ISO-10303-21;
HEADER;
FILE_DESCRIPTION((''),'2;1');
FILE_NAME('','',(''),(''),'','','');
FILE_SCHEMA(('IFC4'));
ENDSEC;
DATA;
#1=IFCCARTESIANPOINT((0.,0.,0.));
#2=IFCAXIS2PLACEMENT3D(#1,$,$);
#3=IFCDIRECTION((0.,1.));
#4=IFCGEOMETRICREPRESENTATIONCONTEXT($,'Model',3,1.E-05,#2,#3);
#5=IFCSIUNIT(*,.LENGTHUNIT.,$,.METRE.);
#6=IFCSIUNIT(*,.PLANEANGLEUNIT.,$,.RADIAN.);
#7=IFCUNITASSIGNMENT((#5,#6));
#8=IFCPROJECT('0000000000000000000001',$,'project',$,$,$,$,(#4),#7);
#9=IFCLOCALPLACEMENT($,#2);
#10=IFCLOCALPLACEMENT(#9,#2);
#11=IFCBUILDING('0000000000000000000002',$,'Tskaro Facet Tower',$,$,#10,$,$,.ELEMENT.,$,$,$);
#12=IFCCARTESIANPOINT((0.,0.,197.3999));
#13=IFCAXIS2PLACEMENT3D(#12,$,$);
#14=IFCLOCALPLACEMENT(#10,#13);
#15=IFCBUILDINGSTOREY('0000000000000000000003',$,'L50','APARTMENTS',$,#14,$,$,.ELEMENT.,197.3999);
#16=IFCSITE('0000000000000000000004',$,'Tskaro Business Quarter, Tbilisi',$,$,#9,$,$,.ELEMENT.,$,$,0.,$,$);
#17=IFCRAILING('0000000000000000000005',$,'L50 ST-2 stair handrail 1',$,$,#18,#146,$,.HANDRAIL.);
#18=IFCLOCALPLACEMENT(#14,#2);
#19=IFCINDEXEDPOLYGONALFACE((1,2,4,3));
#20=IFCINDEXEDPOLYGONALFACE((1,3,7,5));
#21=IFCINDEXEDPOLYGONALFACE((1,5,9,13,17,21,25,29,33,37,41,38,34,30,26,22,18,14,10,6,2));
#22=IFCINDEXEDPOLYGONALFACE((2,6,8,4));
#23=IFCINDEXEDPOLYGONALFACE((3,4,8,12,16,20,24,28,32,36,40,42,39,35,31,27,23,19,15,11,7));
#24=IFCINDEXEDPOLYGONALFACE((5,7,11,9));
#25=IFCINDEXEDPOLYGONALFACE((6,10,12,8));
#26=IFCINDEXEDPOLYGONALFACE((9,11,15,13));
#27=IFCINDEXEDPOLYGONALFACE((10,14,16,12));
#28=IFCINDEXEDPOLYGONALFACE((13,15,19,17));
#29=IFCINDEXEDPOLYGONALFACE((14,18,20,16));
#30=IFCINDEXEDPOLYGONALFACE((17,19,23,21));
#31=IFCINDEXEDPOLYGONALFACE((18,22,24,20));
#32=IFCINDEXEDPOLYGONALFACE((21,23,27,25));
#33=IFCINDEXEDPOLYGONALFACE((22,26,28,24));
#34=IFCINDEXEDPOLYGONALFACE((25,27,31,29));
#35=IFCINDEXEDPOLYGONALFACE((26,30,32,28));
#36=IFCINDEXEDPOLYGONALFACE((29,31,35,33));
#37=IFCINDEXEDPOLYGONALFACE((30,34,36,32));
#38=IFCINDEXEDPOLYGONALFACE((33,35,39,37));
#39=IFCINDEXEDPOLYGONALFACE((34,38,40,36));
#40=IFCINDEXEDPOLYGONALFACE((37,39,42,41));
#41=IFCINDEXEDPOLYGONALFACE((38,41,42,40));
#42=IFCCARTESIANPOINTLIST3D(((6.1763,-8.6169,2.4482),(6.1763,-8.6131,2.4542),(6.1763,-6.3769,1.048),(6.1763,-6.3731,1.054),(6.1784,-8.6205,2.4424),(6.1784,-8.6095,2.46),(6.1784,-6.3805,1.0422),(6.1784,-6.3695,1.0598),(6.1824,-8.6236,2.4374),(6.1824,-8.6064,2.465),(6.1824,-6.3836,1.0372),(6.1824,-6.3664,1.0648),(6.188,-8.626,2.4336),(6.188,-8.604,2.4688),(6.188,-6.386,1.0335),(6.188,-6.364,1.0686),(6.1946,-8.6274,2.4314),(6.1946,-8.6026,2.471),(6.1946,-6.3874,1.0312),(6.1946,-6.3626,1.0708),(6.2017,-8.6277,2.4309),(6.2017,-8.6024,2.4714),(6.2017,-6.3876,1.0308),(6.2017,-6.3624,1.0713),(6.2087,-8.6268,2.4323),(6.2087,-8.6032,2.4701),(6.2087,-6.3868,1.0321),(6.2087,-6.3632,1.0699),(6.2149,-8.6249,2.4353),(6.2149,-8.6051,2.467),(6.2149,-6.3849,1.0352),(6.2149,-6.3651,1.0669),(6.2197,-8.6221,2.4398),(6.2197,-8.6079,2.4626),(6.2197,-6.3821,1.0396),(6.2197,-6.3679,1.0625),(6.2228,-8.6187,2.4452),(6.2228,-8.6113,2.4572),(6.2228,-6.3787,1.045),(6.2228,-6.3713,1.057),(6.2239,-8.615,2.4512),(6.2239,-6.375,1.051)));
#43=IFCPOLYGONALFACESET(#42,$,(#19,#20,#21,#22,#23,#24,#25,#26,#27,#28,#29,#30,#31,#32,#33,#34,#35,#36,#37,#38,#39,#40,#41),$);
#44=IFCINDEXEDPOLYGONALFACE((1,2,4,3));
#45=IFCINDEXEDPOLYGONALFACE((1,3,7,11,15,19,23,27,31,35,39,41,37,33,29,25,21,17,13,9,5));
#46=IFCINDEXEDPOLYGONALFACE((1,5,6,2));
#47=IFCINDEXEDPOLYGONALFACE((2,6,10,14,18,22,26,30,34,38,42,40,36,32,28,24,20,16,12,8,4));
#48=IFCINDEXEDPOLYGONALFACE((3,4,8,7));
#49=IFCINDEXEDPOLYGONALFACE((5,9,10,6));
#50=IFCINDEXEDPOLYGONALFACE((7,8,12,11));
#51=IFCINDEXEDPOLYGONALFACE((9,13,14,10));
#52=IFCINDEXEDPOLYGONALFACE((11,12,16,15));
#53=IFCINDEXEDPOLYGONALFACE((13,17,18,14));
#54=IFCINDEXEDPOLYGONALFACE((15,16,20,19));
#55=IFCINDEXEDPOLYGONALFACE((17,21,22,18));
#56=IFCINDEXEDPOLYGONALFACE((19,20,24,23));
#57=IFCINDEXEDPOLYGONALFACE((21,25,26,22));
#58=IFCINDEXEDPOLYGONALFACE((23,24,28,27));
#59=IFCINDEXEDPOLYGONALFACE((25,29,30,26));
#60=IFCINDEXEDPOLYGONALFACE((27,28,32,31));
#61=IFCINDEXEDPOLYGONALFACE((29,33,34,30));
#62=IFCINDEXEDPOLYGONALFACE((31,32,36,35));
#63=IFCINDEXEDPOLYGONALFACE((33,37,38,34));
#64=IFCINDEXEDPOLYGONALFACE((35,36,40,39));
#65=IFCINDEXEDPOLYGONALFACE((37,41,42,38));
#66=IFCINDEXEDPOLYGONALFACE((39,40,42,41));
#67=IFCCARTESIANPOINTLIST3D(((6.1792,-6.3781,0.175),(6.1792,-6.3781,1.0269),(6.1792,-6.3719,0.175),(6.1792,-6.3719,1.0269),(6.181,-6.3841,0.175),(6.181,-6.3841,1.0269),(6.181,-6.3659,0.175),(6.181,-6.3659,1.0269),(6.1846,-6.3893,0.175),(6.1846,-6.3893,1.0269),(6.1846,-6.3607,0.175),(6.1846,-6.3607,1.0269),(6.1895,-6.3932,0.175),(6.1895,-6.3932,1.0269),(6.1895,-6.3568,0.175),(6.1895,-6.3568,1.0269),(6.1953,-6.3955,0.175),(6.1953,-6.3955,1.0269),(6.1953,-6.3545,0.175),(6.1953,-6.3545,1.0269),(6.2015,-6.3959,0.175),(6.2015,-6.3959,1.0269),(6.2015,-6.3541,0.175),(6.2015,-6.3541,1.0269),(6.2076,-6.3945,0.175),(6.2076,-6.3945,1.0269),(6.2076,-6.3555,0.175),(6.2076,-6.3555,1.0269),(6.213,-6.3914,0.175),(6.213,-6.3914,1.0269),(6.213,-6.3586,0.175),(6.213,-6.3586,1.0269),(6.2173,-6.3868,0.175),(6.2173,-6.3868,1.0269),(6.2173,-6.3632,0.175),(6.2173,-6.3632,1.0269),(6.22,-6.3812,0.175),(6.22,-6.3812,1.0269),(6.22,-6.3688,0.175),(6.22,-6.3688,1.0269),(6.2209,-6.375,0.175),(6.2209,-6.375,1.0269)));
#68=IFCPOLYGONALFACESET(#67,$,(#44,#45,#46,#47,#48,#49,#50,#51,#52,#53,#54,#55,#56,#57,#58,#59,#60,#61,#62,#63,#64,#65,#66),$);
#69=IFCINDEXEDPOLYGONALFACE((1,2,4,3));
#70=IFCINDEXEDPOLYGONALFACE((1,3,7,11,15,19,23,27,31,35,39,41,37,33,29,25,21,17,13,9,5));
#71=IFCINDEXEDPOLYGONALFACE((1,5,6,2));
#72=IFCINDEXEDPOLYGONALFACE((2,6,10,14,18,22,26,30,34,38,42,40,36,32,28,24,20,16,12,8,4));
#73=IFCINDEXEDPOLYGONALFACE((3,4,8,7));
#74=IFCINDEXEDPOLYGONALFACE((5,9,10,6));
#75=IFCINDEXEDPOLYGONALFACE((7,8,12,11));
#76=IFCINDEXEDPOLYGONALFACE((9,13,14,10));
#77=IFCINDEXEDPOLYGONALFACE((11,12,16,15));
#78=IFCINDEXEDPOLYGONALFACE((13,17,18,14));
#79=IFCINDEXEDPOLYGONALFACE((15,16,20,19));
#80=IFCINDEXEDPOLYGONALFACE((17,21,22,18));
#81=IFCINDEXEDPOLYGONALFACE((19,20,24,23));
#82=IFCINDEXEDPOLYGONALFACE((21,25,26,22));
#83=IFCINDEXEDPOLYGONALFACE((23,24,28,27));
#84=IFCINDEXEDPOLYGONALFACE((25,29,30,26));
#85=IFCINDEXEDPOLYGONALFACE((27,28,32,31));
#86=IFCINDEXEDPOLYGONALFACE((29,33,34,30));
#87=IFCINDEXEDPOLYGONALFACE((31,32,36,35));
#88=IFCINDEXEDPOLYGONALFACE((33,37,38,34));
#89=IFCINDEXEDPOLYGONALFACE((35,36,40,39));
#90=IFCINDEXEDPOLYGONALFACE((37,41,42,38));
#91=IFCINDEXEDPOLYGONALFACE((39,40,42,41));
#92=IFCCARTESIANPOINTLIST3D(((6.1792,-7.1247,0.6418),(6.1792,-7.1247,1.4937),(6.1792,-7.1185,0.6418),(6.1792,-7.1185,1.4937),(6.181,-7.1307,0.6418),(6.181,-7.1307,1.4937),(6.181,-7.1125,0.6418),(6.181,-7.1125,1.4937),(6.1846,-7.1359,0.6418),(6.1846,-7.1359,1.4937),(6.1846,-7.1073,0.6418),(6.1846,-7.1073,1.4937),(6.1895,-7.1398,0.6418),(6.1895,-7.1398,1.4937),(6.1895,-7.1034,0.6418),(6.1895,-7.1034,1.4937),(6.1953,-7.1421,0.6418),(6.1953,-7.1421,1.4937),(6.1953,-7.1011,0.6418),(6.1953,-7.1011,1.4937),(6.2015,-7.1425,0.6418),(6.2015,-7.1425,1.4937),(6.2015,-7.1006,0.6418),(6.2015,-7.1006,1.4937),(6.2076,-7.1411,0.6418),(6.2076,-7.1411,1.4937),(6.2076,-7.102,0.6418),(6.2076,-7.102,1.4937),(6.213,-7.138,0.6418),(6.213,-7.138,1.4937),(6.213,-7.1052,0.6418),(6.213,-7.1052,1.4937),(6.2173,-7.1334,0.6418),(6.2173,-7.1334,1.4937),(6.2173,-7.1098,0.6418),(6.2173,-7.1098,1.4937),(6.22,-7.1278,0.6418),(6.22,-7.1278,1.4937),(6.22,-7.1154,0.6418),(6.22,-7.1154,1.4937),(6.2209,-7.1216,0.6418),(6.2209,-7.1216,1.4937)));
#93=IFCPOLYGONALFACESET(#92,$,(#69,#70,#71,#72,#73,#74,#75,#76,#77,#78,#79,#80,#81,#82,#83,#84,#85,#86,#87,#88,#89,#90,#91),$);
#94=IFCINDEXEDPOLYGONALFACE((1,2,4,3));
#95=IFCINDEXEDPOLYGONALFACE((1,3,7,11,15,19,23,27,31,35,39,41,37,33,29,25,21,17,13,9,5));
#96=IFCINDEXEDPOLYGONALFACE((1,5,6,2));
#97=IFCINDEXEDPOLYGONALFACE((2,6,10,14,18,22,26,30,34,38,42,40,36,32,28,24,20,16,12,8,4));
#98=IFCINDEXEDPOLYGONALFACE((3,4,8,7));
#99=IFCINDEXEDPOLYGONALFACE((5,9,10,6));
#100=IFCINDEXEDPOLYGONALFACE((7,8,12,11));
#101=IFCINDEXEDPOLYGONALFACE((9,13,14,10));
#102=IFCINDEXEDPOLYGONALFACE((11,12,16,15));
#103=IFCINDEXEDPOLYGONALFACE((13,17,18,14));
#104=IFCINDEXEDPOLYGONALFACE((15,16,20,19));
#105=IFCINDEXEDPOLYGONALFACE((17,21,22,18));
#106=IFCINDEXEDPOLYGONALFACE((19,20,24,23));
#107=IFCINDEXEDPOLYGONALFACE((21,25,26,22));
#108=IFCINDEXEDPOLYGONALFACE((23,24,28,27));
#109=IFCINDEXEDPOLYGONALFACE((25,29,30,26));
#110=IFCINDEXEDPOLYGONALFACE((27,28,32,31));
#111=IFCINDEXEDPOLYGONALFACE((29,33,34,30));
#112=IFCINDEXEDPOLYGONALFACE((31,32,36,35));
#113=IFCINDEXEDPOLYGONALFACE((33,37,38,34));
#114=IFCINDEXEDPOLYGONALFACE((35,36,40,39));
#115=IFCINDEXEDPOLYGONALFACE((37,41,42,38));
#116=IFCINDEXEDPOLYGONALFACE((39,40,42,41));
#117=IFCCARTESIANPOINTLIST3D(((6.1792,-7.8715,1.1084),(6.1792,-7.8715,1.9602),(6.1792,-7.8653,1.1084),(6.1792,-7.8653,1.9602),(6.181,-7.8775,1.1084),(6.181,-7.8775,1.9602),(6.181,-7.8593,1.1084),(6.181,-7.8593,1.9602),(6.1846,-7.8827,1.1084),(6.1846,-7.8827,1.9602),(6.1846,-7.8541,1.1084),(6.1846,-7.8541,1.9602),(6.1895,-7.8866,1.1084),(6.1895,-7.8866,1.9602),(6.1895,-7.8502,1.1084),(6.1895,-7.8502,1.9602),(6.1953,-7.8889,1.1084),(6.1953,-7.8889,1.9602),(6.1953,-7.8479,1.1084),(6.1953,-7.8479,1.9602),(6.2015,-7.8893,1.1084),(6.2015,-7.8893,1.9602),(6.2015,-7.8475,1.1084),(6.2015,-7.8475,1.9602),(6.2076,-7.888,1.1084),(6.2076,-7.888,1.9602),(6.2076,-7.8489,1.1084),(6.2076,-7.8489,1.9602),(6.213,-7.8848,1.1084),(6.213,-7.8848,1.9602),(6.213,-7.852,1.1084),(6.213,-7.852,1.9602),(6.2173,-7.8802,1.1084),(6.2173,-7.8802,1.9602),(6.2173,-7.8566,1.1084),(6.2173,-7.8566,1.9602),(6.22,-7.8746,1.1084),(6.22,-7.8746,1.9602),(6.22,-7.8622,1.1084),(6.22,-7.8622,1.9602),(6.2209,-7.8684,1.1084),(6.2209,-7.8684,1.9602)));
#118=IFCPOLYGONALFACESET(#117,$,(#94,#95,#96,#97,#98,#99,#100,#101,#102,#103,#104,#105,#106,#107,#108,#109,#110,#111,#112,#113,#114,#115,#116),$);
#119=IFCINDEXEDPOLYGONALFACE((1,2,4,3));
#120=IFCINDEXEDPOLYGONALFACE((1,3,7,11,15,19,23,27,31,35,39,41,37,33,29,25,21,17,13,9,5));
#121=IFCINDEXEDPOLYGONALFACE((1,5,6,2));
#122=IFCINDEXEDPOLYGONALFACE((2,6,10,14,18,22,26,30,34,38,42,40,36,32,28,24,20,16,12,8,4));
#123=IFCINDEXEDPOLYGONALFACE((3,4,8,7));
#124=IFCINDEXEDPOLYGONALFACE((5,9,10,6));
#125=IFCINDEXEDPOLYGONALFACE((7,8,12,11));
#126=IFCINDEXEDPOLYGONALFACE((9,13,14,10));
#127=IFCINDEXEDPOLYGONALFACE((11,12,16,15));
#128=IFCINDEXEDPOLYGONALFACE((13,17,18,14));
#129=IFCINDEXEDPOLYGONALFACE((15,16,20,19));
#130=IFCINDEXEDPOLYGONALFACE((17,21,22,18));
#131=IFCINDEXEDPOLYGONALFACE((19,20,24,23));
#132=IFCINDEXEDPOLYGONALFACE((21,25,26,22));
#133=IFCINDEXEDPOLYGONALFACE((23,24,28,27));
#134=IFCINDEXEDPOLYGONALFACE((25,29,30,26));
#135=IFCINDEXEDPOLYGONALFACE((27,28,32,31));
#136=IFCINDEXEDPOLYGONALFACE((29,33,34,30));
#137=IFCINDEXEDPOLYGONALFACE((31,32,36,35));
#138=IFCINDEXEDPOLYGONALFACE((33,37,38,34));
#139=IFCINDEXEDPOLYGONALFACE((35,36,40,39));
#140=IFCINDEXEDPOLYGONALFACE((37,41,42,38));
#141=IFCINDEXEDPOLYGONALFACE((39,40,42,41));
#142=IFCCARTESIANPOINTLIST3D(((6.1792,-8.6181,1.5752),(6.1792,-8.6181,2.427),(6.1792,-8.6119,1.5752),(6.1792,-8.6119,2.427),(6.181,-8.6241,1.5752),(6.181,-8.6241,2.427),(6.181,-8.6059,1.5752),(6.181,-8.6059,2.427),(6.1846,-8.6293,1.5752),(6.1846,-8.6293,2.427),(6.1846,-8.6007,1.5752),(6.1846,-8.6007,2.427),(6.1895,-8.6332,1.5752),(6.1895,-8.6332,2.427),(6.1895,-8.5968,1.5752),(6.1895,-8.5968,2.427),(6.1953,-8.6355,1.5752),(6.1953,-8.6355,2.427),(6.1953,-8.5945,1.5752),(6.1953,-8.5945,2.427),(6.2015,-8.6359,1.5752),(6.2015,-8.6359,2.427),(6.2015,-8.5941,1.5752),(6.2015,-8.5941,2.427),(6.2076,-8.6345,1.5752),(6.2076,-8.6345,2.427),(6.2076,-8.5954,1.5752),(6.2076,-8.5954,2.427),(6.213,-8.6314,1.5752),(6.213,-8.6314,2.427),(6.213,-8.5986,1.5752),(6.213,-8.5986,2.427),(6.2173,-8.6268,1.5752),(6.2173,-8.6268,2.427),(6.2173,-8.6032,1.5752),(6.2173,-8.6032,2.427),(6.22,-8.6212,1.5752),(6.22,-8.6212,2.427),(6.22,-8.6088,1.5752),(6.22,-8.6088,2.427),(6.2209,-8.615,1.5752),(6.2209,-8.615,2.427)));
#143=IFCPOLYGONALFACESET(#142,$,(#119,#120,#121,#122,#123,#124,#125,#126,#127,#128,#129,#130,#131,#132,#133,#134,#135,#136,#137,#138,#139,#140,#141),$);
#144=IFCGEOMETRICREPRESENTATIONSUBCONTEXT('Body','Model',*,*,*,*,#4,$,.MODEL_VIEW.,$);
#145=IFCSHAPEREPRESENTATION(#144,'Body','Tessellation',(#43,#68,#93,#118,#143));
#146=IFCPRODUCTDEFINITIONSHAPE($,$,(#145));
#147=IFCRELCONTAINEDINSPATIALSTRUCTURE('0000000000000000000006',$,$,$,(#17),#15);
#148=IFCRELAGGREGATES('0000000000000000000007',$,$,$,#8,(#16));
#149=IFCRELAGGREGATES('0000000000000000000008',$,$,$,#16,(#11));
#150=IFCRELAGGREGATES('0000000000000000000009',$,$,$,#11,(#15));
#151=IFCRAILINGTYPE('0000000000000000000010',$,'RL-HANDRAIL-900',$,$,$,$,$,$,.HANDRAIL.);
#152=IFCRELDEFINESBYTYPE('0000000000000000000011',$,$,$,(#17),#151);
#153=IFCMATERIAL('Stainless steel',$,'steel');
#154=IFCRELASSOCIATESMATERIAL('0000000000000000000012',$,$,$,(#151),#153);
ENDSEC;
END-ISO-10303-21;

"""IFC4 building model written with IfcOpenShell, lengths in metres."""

from ifc_helpers import new_model, si_unit, direction, frame, origin, origin_2d, place, context, subcontext, project, spatial, circle, extrude, material, type_object, element, save


model = new_model("IFC4")

# Units and contexts
model_context = context("Model", 3, precision=1e-05, world=origin(), true_north=direction((0.0, 1.0)))
body_context = subcontext(model_context, "Body", "Model", "MODEL_VIEW")
ifc_project = project(units=[si_unit("LENGTHUNIT", "METRE"), si_unit("PLANEANGLEUNIT", "RADIAN")], contexts=[model_context])

# Site, building, storey
site_placement = place(None, origin())
site = spatial("IfcSite", under=ifc_project, at=site_placement, Name="Tskaro Business Quarter, Tbilisi", CompositionType="ELEMENT", RefElevation=0.0)
building_placement = place(site_placement, origin())
building = spatial("IfcBuilding", under=site, at=building_placement, Name="Tskaro Facet Tower", CompositionType="ELEMENT")
storey_placement = place(building_placement, frame((0.0, 0.0, 197.3999)))
storey = spatial("IfcBuildingStorey", under=building, at=storey_placement, Name="L50", Description="APARTMENTS", CompositionType="ELEMENT", Elevation=197.3999)

# Shared definitions
ifc_material_1 = material(Name="Stainless steel", Category="steel")

# Railing
railing_type_1 = type_object("IfcRailingType", Name="RL-HANDRAIL-900", PredefinedType="HANDRAIL", material=ifc_material_1)
railing_1_placement = place(storey_placement, frame((6.2, -6.375, 0.175)))
element("IfcRailing", 1, at=railing_1_placement, inside=storey, type_object=railing_type_1, Name="L50 ST-2 stair handrail 1", PredefinedType="HANDRAIL", context=body_context, shape_type="SweptSolid", body=[
    extrude(circle(Radius=0.0239, at=origin_2d()), frame((0.0, 0.0, 0.876), z_axis=(0.0, -0.847972, 0.53004), x_axis=(1.0, 0.0, 0.0)), (0.0, 0.0, 1.0), 2.6416),
    extrude(circle(Radius=0.021, at=origin_2d()), origin(), (0.0, 0.0, 1.0), 0.8518),
    extrude(circle(Radius=0.021, at=origin_2d()), frame((0.0, -0.7466, 0.4668)), (0.0, 0.0, 1.0), 0.8518),
    extrude(circle(Radius=0.021, at=origin_2d()), frame((0.0, -1.4934, 0.9333)), (0.0, 0.0, 1.0), 0.8518),
    extrude(circle(Radius=0.021, at=origin_2d()), frame((0.0, -2.24, 1.4001)), (0.0, 0.0, 1.0), 0.8518),
])

save(model, "model.ifc")
